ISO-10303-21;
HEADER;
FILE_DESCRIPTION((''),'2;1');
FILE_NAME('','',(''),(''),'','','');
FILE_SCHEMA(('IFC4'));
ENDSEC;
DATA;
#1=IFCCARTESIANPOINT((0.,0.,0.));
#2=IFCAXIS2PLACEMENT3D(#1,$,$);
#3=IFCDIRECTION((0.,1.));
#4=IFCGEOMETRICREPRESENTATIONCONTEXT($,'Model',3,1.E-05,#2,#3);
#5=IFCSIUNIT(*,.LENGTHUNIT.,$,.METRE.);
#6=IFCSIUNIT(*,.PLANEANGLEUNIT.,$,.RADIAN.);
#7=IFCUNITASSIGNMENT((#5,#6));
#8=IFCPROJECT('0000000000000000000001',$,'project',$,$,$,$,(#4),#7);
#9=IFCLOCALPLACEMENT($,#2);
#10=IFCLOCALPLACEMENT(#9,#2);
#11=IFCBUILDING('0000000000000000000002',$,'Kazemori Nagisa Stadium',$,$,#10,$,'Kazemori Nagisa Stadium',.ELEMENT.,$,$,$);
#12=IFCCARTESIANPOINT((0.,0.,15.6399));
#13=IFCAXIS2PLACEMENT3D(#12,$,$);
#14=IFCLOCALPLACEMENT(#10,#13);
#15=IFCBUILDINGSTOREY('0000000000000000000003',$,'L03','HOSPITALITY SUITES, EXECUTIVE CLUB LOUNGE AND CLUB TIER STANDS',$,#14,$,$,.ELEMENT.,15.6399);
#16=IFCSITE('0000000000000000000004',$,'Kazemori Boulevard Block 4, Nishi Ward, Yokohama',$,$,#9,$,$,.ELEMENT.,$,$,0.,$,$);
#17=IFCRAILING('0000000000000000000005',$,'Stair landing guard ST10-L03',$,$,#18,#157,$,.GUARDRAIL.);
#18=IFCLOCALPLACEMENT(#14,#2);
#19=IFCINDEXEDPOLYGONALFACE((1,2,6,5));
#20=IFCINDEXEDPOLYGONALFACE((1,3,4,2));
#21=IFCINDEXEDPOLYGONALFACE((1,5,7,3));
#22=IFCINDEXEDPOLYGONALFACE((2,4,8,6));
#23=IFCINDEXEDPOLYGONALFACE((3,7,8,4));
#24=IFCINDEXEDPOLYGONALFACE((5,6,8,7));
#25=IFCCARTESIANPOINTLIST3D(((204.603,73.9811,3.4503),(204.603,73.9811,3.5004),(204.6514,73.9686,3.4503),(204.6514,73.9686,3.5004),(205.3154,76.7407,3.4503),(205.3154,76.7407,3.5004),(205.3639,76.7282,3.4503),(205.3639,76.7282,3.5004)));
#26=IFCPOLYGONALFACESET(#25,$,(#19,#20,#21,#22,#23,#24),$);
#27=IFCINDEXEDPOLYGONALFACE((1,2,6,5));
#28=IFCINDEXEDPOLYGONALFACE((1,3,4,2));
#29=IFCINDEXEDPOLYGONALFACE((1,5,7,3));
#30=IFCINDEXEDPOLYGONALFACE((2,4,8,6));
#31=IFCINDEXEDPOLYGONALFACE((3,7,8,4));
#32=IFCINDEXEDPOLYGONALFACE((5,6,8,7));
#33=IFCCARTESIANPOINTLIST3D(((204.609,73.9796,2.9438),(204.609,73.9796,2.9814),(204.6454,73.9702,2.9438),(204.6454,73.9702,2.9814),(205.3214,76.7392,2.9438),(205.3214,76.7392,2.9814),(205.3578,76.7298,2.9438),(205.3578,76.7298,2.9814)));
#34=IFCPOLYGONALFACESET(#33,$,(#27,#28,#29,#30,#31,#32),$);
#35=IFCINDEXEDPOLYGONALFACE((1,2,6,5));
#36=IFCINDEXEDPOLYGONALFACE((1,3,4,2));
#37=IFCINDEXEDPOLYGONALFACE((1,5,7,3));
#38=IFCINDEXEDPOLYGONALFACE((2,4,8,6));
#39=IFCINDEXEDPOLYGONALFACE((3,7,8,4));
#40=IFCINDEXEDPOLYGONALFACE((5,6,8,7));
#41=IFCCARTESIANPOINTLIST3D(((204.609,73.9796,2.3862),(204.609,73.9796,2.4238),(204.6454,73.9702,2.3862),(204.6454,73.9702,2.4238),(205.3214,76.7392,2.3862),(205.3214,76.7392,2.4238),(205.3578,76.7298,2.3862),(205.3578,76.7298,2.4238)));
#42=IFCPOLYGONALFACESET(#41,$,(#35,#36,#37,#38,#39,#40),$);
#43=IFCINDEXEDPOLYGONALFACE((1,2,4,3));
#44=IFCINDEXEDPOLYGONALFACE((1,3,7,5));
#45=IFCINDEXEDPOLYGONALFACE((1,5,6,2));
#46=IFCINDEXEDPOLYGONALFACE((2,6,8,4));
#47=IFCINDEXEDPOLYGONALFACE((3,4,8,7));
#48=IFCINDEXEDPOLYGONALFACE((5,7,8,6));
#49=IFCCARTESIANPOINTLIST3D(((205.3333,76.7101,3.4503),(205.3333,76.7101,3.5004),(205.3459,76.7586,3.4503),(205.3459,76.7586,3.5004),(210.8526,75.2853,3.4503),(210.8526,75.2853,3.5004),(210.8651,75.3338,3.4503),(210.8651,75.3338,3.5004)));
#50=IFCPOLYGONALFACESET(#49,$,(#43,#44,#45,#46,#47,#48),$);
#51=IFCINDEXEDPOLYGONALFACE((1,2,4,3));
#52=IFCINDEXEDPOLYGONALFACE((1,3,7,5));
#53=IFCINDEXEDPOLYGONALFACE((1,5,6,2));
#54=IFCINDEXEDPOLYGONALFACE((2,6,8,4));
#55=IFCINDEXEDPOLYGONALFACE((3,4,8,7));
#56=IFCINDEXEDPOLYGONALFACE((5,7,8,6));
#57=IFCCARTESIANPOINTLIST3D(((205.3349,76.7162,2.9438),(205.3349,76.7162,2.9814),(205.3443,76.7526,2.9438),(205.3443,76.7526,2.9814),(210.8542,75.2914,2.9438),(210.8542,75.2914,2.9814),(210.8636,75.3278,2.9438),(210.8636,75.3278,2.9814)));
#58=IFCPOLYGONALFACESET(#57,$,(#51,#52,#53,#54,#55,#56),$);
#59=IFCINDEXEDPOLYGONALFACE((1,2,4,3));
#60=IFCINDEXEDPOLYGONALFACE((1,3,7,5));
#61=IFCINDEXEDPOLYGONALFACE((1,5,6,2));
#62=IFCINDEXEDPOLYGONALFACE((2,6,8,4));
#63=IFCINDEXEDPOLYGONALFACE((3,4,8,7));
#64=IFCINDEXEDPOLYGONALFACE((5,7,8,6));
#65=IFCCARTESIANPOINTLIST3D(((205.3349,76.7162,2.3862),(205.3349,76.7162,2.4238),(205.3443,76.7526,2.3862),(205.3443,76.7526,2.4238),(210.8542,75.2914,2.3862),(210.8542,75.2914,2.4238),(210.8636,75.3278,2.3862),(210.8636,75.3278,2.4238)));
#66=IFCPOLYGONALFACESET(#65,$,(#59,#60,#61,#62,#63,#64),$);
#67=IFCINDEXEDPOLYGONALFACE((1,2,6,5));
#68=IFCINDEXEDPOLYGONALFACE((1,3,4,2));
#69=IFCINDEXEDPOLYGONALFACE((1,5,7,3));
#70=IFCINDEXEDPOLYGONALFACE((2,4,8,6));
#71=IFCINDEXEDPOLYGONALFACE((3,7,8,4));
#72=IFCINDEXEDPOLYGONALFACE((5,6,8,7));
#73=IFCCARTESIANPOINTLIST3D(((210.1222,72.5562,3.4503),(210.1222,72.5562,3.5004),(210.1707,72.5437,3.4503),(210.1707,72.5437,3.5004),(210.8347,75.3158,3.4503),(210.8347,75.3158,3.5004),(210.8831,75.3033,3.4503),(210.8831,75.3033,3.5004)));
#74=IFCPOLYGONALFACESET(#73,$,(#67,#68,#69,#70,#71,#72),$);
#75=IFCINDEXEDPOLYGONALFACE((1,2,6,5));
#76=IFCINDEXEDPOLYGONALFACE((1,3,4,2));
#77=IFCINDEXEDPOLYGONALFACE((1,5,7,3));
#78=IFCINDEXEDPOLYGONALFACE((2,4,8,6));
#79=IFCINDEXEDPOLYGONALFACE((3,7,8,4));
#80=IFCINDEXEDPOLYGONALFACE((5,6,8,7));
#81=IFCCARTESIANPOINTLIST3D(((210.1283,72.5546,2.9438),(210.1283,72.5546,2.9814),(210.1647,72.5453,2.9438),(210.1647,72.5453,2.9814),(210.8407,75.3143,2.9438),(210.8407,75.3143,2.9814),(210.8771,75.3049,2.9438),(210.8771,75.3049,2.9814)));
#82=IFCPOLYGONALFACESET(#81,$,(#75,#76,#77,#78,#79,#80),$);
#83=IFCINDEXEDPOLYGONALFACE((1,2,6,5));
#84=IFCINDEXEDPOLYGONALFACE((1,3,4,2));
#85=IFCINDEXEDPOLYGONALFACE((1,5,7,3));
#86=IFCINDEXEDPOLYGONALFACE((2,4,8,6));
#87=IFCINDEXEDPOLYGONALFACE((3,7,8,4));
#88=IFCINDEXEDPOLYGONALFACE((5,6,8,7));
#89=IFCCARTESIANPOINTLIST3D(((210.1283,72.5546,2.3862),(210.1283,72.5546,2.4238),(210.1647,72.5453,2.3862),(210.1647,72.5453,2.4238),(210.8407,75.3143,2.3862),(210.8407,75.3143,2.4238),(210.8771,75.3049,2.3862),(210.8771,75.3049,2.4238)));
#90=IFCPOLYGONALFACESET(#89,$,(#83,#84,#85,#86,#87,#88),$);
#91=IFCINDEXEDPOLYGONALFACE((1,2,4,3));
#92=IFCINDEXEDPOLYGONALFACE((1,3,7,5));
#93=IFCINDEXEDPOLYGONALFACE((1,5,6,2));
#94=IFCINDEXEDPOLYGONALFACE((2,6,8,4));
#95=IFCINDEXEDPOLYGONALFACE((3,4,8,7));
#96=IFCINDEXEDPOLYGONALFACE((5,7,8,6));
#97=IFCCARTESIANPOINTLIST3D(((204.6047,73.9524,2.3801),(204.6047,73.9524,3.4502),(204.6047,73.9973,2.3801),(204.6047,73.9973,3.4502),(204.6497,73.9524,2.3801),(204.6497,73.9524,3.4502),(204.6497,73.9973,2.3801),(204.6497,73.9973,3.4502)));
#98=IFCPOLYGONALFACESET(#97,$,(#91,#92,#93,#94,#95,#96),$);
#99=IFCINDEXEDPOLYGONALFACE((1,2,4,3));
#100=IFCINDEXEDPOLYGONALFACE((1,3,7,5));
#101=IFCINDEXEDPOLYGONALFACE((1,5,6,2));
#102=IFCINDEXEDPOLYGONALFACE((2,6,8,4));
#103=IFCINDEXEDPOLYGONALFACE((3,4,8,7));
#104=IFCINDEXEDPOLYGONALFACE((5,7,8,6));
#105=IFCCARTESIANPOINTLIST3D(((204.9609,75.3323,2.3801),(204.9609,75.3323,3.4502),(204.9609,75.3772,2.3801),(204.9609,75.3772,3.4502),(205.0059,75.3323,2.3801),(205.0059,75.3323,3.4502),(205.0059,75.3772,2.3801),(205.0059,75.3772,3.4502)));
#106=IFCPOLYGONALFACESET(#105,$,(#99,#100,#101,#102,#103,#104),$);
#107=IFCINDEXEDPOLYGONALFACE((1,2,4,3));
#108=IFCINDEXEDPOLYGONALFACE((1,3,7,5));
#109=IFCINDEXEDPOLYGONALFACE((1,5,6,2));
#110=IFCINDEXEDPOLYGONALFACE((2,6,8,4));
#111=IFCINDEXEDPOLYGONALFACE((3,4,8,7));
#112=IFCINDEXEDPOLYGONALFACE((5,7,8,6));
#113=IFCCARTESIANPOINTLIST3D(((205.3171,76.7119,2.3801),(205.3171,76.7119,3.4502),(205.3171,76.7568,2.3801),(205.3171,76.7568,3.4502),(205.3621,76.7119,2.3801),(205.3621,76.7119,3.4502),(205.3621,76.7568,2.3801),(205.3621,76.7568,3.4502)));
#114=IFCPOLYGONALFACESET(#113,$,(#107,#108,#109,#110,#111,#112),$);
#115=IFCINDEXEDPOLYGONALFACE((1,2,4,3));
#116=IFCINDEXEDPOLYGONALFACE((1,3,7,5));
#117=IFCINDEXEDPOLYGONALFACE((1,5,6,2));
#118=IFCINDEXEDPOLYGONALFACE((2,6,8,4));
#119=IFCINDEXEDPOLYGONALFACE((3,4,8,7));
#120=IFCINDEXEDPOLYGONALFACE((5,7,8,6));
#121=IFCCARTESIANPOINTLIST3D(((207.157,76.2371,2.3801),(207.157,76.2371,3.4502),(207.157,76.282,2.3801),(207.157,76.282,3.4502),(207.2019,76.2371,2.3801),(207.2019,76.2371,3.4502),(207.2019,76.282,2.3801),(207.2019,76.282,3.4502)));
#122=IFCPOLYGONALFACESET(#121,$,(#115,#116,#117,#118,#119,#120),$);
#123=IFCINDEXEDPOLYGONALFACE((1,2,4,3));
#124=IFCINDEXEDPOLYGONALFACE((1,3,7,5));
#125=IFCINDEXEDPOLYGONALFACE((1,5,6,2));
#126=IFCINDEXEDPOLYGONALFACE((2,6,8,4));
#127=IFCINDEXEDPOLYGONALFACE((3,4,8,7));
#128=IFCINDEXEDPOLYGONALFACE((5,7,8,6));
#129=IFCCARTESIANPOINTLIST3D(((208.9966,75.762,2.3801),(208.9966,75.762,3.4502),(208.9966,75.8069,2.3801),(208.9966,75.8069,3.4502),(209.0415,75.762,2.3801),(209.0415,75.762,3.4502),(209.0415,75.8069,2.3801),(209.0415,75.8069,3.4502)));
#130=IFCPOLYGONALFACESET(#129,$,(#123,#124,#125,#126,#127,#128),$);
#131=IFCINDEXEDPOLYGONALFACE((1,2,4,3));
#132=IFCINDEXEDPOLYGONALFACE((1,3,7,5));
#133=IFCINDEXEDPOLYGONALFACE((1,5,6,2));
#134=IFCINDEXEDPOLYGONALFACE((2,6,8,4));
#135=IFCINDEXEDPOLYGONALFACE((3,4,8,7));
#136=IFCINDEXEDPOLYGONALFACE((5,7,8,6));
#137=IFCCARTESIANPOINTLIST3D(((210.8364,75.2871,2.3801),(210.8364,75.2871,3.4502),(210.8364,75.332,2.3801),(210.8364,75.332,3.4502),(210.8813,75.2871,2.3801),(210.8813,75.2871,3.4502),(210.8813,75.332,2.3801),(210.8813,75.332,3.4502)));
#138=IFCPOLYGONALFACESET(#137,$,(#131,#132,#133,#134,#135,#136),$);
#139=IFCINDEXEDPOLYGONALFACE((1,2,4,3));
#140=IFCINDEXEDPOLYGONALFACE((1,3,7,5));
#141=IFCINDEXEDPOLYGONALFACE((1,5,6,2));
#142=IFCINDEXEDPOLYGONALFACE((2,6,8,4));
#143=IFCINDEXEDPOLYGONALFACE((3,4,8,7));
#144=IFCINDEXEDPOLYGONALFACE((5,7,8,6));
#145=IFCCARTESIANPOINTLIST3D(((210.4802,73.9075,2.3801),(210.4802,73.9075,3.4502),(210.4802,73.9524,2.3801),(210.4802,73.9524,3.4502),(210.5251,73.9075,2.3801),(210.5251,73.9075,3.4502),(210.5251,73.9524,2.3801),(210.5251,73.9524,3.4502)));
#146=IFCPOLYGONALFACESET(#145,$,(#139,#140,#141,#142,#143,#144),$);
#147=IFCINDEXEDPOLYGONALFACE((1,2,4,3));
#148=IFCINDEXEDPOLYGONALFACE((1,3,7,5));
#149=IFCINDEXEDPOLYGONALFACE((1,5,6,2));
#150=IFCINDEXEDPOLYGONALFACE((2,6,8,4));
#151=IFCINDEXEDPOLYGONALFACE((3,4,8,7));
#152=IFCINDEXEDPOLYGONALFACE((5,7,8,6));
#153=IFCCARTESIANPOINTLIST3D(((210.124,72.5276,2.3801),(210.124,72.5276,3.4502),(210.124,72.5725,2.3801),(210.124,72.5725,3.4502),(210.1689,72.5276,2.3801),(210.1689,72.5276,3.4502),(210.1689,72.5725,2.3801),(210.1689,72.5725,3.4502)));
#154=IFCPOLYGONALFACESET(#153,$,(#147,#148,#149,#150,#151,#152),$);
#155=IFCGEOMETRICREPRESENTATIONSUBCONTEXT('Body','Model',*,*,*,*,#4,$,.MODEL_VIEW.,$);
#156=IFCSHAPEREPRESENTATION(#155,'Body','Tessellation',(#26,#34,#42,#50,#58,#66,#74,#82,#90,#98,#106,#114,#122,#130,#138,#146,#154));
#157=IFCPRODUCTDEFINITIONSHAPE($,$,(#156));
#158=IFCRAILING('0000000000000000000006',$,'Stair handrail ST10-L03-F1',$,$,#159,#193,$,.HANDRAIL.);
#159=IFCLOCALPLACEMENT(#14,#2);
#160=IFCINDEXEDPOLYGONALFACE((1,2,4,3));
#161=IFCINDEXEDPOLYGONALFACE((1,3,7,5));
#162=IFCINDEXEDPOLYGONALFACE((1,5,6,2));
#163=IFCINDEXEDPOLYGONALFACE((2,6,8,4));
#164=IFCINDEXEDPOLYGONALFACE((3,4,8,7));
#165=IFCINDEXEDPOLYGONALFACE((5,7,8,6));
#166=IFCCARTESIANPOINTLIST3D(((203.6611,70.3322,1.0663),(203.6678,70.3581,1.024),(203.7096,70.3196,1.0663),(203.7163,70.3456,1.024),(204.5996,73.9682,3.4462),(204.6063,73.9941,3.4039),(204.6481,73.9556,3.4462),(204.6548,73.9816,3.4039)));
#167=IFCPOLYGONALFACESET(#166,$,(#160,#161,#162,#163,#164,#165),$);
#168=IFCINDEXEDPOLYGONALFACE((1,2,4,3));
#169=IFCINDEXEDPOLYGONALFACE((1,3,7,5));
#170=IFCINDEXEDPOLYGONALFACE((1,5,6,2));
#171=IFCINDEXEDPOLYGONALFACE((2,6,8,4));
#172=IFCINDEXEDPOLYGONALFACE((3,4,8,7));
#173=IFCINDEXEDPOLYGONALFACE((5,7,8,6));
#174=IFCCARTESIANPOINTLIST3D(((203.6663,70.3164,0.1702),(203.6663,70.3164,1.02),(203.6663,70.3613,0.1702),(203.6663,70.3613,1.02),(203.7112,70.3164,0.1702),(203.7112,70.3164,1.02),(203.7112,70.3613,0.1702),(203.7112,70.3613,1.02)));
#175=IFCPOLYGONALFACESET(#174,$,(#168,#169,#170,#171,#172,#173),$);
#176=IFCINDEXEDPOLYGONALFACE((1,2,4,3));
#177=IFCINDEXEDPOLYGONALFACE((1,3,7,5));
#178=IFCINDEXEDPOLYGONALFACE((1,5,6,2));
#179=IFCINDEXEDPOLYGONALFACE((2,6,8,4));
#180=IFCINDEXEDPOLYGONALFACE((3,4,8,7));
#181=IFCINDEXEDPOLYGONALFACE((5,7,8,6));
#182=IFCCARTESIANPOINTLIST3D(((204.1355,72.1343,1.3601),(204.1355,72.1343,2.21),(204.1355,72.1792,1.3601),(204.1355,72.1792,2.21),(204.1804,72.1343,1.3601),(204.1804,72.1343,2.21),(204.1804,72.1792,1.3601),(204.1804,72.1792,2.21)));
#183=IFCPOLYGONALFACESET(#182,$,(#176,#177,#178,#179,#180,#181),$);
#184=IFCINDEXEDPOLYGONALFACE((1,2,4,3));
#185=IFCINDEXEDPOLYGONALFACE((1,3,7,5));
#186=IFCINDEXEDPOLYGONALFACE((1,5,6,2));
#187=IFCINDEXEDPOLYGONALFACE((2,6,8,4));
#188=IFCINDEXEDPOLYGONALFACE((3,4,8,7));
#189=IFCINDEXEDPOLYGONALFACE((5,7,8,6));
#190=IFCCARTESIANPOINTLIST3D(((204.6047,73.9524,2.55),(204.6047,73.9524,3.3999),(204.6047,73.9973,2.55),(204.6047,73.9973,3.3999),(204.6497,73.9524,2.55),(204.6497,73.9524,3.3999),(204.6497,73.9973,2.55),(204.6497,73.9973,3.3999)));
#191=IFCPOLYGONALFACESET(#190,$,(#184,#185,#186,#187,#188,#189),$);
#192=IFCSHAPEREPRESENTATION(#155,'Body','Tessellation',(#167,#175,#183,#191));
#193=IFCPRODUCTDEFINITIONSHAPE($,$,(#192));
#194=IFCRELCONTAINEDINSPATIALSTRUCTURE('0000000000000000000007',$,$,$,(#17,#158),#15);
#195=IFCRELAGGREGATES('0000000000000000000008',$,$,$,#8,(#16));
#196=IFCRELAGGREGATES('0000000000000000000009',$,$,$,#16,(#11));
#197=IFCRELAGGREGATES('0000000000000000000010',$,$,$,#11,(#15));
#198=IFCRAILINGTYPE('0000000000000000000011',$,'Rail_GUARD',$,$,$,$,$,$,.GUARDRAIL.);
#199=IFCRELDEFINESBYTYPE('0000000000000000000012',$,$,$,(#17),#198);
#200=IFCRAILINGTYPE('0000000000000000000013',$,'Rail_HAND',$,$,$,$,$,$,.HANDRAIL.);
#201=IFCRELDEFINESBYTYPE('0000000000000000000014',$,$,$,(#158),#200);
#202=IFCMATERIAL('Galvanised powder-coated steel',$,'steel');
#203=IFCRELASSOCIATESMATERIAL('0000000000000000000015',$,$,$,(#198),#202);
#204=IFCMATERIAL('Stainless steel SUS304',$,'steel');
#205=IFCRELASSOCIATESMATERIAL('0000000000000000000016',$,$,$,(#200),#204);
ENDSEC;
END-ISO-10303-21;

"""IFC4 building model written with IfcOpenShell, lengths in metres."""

from ifc_helpers import new_model, si_unit, direction, frame, origin, origin_2d, place, context, subcontext, project, spatial, rectangle, extrude, material, type_object, element, save


model = new_model("IFC4")

# Units and contexts
model_context = context("Model", 3, precision=1e-05, world=origin(), true_north=direction((0.0, 1.0)))
body_context = subcontext(model_context, "Body", "Model", "MODEL_VIEW")
ifc_project = project(units=[si_unit("LENGTHUNIT", "METRE"), si_unit("PLANEANGLEUNIT", "RADIAN")], contexts=[model_context])

# Site, building, storey
site_placement = place(None, origin())
site = spatial("IfcSite", under=ifc_project, at=site_placement, Name="Kazemori Boulevard Block 4, Nishi Ward, Yokohama", CompositionType="ELEMENT", RefElevation=0.0)
building_placement = place(site_placement, origin())
building = spatial("IfcBuilding", under=site, at=building_placement, Name="Kazemori Nagisa Stadium", LongName="Kazemori Nagisa Stadium", CompositionType="ELEMENT")
storey_placement = place(building_placement, frame((0.0, 0.0, 15.6399)))
storey = spatial("IfcBuildingStorey", under=building, at=storey_placement, Name="L03", Description="HOSPITALITY SUITES, EXECUTIVE CLUB LOUNGE AND CLUB TIER STANDS", CompositionType="ELEMENT", Elevation=15.6399)

# Shared definitions
ifc_material_1 = material(Name="Stainless steel SUS304", Category="steel")

# Railings
ifc_material_2 = material(Name="Galvanised powder-coated steel", Category="steel")
railing_type_1 = type_object("IfcRailingType", Name="Rail_GUARD", PredefinedType="GUARDRAIL", material=ifc_material_2)
railing_1_placement = place(storey_placement, frame((204.6272, 73.9749, 2.3801)))
element("IfcRailing", 1, at=railing_1_placement, inside=storey, type_object=railing_type_1, Name="Stair landing guard ST10-L03", PredefinedType="GUARDRAIL", context=body_context, shape_type="SweptSolid", body=[
    extrude(rectangle(XDim=0.05, YDim=0.05, at=origin_2d()), frame((0.0, 0.0, 1.0952), z_axis=(0.249966, 0.968255, 0.0), x_axis=(-0.968255, 0.249966, 0.0)), (0.0, 0.0, 1.0), 2.8501),
    extrude(rectangle(XDim=0.0376, YDim=0.0376, at=origin_2d()), frame((0.0, 0.0, 0.5825), z_axis=(0.249966, 0.968255, 0.0), x_axis=(-0.968255, 0.249966, 0.0)), (0.0, 0.0, 1.0), 2.8501),
    extrude(rectangle(XDim=0.0376, YDim=0.0376, at=origin_2d()), frame((0.0, 0.0, 0.0249), z_axis=(0.249966, 0.968255, 0.0), x_axis=(-0.968255, 0.249966, 0.0)), (0.0, 0.0, 1.0), 2.8501),
    extrude(rectangle(XDim=0.05, YDim=0.05, at=origin_2d()), frame((0.7124, 2.7595, 1.0952), z_axis=(0.968257, -0.249956, 0.0), x_axis=(0.249956, 0.968257, 0.0)), (0.0, 0.0, 1.0), 5.7002),
    extrude(rectangle(XDim=0.0376, YDim=0.0376, at=origin_2d()), frame((0.7124, 2.7595, 0.5825), z_axis=(0.968257, -0.249956, 0.0), x_axis=(0.249956, 0.968257, 0.0)), (0.0, 0.0, 1.0), 5.7002),
    extrude(rectangle(XDim=0.0376, YDim=0.0376, at=origin_2d()), frame((0.7124, 2.7595, 0.0249), z_axis=(0.968257, -0.249956, 0.0), x_axis=(0.249956, 0.968257, 0.0)), (0.0, 0.0, 1.0), 5.7002),
    extrude(rectangle(XDim=0.05, YDim=0.05, at=origin_2d()), frame((6.2317, 1.3347, 1.0952), z_axis=(-0.249966, -0.968255, 0.0), x_axis=(0.968255, -0.249966, 0.0)), (0.0, 0.0, 1.0), 2.8501),
    extrude(rectangle(XDim=0.0376, YDim=0.0376, at=origin_2d()), frame((6.2317, 1.3347, 0.5825), z_axis=(-0.249966, -0.968255, 0.0), x_axis=(0.968255, -0.249966, 0.0)), (0.0, 0.0, 1.0), 2.8501),
    extrude(rectangle(XDim=0.0376, YDim=0.0376, at=origin_2d()), frame((6.2317, 1.3347, 0.0249), z_axis=(-0.249966, -0.968255, 0.0), x_axis=(0.968255, -0.249966, 0.0)), (0.0, 0.0, 1.0), 2.8501),
    extrude(rectangle(XDim=0.0449, YDim=0.0449, at=origin_2d()), origin(), (0.0, 0.0, 1.0), 1.0701),
    extrude(rectangle(XDim=0.0449, YDim=0.0449, at=origin_2d()), frame((0.3562, 1.3799, 0.0)), (0.0, 0.0, 1.0), 1.0701),
    extrude(rectangle(XDim=0.0449, YDim=0.0449, at=origin_2d()), frame((0.7124, 2.7595, 0.0)), (0.0, 0.0, 1.0), 1.0701),
    extrude(rectangle(XDim=0.0449, YDim=0.0449, at=origin_2d()), frame((2.5522, 2.2847, 0.0)), (0.0, 0.0, 1.0), 1.0701),
    extrude(rectangle(XDim=0.0449, YDim=0.0449, at=origin_2d()), frame((4.3918, 1.8096, 0.0)), (0.0, 0.0, 1.0), 1.0701),
    extrude(rectangle(XDim=0.0449, YDim=0.0449, at=origin_2d()), frame((6.2317, 1.3347, 0.0)), (0.0, 0.0, 1.0), 1.0701),
    extrude(rectangle(XDim=0.0449, YDim=0.0449, at=origin_2d()), frame((5.8755, -0.0449, 0.0)), (0.0, 0.0, 1.0), 1.0701),
    extrude(rectangle(XDim=0.0449, YDim=0.0449, at=origin_2d()), frame((5.5193, -1.4248, 0.0)), (0.0, 0.0, 1.0), 1.0701),
])
railing_type_2 = type_object("IfcRailingType", Name="Rail_HAND", PredefinedType="HANDRAIL", material=ifc_material_1)
railing_2_placement = place(storey_placement, frame((203.6887, 70.3389, 0.1702)))
element("IfcRailing", 2, at=railing_2_placement, inside=storey, type_object=railing_type_2, Name="Stair handrail ST10-L03-F1", PredefinedType="HANDRAIL", context=body_context, shape_type="SweptSolid", body=[
    extrude(rectangle(XDim=0.05, YDim=0.05, at=origin_2d()), frame((0.0, 0.0, 0.875), z_axis=(0.211094, 0.817851, 0.535313), x_axis=(-0.968267, 0.249917, 0.0)), (0.0, 0.0, 1.0), 4.4458),
    extrude(rectangle(XDim=0.0449, YDim=0.0449, at=origin_2d()), origin(), (0.0, 0.0, 1.0), 0.8499),
    extrude(rectangle(XDim=0.0449, YDim=0.0449, at=origin_2d()), frame((0.4692, 1.8179, 1.1899)), (0.0, 0.0, 1.0), 0.8499),
    extrude(rectangle(XDim=0.0449, YDim=0.0449, at=origin_2d()), frame((0.9385, 3.636, 2.3799)), (0.0, 0.0, 1.0), 0.8499),
])

save(model, "model.ifc")
